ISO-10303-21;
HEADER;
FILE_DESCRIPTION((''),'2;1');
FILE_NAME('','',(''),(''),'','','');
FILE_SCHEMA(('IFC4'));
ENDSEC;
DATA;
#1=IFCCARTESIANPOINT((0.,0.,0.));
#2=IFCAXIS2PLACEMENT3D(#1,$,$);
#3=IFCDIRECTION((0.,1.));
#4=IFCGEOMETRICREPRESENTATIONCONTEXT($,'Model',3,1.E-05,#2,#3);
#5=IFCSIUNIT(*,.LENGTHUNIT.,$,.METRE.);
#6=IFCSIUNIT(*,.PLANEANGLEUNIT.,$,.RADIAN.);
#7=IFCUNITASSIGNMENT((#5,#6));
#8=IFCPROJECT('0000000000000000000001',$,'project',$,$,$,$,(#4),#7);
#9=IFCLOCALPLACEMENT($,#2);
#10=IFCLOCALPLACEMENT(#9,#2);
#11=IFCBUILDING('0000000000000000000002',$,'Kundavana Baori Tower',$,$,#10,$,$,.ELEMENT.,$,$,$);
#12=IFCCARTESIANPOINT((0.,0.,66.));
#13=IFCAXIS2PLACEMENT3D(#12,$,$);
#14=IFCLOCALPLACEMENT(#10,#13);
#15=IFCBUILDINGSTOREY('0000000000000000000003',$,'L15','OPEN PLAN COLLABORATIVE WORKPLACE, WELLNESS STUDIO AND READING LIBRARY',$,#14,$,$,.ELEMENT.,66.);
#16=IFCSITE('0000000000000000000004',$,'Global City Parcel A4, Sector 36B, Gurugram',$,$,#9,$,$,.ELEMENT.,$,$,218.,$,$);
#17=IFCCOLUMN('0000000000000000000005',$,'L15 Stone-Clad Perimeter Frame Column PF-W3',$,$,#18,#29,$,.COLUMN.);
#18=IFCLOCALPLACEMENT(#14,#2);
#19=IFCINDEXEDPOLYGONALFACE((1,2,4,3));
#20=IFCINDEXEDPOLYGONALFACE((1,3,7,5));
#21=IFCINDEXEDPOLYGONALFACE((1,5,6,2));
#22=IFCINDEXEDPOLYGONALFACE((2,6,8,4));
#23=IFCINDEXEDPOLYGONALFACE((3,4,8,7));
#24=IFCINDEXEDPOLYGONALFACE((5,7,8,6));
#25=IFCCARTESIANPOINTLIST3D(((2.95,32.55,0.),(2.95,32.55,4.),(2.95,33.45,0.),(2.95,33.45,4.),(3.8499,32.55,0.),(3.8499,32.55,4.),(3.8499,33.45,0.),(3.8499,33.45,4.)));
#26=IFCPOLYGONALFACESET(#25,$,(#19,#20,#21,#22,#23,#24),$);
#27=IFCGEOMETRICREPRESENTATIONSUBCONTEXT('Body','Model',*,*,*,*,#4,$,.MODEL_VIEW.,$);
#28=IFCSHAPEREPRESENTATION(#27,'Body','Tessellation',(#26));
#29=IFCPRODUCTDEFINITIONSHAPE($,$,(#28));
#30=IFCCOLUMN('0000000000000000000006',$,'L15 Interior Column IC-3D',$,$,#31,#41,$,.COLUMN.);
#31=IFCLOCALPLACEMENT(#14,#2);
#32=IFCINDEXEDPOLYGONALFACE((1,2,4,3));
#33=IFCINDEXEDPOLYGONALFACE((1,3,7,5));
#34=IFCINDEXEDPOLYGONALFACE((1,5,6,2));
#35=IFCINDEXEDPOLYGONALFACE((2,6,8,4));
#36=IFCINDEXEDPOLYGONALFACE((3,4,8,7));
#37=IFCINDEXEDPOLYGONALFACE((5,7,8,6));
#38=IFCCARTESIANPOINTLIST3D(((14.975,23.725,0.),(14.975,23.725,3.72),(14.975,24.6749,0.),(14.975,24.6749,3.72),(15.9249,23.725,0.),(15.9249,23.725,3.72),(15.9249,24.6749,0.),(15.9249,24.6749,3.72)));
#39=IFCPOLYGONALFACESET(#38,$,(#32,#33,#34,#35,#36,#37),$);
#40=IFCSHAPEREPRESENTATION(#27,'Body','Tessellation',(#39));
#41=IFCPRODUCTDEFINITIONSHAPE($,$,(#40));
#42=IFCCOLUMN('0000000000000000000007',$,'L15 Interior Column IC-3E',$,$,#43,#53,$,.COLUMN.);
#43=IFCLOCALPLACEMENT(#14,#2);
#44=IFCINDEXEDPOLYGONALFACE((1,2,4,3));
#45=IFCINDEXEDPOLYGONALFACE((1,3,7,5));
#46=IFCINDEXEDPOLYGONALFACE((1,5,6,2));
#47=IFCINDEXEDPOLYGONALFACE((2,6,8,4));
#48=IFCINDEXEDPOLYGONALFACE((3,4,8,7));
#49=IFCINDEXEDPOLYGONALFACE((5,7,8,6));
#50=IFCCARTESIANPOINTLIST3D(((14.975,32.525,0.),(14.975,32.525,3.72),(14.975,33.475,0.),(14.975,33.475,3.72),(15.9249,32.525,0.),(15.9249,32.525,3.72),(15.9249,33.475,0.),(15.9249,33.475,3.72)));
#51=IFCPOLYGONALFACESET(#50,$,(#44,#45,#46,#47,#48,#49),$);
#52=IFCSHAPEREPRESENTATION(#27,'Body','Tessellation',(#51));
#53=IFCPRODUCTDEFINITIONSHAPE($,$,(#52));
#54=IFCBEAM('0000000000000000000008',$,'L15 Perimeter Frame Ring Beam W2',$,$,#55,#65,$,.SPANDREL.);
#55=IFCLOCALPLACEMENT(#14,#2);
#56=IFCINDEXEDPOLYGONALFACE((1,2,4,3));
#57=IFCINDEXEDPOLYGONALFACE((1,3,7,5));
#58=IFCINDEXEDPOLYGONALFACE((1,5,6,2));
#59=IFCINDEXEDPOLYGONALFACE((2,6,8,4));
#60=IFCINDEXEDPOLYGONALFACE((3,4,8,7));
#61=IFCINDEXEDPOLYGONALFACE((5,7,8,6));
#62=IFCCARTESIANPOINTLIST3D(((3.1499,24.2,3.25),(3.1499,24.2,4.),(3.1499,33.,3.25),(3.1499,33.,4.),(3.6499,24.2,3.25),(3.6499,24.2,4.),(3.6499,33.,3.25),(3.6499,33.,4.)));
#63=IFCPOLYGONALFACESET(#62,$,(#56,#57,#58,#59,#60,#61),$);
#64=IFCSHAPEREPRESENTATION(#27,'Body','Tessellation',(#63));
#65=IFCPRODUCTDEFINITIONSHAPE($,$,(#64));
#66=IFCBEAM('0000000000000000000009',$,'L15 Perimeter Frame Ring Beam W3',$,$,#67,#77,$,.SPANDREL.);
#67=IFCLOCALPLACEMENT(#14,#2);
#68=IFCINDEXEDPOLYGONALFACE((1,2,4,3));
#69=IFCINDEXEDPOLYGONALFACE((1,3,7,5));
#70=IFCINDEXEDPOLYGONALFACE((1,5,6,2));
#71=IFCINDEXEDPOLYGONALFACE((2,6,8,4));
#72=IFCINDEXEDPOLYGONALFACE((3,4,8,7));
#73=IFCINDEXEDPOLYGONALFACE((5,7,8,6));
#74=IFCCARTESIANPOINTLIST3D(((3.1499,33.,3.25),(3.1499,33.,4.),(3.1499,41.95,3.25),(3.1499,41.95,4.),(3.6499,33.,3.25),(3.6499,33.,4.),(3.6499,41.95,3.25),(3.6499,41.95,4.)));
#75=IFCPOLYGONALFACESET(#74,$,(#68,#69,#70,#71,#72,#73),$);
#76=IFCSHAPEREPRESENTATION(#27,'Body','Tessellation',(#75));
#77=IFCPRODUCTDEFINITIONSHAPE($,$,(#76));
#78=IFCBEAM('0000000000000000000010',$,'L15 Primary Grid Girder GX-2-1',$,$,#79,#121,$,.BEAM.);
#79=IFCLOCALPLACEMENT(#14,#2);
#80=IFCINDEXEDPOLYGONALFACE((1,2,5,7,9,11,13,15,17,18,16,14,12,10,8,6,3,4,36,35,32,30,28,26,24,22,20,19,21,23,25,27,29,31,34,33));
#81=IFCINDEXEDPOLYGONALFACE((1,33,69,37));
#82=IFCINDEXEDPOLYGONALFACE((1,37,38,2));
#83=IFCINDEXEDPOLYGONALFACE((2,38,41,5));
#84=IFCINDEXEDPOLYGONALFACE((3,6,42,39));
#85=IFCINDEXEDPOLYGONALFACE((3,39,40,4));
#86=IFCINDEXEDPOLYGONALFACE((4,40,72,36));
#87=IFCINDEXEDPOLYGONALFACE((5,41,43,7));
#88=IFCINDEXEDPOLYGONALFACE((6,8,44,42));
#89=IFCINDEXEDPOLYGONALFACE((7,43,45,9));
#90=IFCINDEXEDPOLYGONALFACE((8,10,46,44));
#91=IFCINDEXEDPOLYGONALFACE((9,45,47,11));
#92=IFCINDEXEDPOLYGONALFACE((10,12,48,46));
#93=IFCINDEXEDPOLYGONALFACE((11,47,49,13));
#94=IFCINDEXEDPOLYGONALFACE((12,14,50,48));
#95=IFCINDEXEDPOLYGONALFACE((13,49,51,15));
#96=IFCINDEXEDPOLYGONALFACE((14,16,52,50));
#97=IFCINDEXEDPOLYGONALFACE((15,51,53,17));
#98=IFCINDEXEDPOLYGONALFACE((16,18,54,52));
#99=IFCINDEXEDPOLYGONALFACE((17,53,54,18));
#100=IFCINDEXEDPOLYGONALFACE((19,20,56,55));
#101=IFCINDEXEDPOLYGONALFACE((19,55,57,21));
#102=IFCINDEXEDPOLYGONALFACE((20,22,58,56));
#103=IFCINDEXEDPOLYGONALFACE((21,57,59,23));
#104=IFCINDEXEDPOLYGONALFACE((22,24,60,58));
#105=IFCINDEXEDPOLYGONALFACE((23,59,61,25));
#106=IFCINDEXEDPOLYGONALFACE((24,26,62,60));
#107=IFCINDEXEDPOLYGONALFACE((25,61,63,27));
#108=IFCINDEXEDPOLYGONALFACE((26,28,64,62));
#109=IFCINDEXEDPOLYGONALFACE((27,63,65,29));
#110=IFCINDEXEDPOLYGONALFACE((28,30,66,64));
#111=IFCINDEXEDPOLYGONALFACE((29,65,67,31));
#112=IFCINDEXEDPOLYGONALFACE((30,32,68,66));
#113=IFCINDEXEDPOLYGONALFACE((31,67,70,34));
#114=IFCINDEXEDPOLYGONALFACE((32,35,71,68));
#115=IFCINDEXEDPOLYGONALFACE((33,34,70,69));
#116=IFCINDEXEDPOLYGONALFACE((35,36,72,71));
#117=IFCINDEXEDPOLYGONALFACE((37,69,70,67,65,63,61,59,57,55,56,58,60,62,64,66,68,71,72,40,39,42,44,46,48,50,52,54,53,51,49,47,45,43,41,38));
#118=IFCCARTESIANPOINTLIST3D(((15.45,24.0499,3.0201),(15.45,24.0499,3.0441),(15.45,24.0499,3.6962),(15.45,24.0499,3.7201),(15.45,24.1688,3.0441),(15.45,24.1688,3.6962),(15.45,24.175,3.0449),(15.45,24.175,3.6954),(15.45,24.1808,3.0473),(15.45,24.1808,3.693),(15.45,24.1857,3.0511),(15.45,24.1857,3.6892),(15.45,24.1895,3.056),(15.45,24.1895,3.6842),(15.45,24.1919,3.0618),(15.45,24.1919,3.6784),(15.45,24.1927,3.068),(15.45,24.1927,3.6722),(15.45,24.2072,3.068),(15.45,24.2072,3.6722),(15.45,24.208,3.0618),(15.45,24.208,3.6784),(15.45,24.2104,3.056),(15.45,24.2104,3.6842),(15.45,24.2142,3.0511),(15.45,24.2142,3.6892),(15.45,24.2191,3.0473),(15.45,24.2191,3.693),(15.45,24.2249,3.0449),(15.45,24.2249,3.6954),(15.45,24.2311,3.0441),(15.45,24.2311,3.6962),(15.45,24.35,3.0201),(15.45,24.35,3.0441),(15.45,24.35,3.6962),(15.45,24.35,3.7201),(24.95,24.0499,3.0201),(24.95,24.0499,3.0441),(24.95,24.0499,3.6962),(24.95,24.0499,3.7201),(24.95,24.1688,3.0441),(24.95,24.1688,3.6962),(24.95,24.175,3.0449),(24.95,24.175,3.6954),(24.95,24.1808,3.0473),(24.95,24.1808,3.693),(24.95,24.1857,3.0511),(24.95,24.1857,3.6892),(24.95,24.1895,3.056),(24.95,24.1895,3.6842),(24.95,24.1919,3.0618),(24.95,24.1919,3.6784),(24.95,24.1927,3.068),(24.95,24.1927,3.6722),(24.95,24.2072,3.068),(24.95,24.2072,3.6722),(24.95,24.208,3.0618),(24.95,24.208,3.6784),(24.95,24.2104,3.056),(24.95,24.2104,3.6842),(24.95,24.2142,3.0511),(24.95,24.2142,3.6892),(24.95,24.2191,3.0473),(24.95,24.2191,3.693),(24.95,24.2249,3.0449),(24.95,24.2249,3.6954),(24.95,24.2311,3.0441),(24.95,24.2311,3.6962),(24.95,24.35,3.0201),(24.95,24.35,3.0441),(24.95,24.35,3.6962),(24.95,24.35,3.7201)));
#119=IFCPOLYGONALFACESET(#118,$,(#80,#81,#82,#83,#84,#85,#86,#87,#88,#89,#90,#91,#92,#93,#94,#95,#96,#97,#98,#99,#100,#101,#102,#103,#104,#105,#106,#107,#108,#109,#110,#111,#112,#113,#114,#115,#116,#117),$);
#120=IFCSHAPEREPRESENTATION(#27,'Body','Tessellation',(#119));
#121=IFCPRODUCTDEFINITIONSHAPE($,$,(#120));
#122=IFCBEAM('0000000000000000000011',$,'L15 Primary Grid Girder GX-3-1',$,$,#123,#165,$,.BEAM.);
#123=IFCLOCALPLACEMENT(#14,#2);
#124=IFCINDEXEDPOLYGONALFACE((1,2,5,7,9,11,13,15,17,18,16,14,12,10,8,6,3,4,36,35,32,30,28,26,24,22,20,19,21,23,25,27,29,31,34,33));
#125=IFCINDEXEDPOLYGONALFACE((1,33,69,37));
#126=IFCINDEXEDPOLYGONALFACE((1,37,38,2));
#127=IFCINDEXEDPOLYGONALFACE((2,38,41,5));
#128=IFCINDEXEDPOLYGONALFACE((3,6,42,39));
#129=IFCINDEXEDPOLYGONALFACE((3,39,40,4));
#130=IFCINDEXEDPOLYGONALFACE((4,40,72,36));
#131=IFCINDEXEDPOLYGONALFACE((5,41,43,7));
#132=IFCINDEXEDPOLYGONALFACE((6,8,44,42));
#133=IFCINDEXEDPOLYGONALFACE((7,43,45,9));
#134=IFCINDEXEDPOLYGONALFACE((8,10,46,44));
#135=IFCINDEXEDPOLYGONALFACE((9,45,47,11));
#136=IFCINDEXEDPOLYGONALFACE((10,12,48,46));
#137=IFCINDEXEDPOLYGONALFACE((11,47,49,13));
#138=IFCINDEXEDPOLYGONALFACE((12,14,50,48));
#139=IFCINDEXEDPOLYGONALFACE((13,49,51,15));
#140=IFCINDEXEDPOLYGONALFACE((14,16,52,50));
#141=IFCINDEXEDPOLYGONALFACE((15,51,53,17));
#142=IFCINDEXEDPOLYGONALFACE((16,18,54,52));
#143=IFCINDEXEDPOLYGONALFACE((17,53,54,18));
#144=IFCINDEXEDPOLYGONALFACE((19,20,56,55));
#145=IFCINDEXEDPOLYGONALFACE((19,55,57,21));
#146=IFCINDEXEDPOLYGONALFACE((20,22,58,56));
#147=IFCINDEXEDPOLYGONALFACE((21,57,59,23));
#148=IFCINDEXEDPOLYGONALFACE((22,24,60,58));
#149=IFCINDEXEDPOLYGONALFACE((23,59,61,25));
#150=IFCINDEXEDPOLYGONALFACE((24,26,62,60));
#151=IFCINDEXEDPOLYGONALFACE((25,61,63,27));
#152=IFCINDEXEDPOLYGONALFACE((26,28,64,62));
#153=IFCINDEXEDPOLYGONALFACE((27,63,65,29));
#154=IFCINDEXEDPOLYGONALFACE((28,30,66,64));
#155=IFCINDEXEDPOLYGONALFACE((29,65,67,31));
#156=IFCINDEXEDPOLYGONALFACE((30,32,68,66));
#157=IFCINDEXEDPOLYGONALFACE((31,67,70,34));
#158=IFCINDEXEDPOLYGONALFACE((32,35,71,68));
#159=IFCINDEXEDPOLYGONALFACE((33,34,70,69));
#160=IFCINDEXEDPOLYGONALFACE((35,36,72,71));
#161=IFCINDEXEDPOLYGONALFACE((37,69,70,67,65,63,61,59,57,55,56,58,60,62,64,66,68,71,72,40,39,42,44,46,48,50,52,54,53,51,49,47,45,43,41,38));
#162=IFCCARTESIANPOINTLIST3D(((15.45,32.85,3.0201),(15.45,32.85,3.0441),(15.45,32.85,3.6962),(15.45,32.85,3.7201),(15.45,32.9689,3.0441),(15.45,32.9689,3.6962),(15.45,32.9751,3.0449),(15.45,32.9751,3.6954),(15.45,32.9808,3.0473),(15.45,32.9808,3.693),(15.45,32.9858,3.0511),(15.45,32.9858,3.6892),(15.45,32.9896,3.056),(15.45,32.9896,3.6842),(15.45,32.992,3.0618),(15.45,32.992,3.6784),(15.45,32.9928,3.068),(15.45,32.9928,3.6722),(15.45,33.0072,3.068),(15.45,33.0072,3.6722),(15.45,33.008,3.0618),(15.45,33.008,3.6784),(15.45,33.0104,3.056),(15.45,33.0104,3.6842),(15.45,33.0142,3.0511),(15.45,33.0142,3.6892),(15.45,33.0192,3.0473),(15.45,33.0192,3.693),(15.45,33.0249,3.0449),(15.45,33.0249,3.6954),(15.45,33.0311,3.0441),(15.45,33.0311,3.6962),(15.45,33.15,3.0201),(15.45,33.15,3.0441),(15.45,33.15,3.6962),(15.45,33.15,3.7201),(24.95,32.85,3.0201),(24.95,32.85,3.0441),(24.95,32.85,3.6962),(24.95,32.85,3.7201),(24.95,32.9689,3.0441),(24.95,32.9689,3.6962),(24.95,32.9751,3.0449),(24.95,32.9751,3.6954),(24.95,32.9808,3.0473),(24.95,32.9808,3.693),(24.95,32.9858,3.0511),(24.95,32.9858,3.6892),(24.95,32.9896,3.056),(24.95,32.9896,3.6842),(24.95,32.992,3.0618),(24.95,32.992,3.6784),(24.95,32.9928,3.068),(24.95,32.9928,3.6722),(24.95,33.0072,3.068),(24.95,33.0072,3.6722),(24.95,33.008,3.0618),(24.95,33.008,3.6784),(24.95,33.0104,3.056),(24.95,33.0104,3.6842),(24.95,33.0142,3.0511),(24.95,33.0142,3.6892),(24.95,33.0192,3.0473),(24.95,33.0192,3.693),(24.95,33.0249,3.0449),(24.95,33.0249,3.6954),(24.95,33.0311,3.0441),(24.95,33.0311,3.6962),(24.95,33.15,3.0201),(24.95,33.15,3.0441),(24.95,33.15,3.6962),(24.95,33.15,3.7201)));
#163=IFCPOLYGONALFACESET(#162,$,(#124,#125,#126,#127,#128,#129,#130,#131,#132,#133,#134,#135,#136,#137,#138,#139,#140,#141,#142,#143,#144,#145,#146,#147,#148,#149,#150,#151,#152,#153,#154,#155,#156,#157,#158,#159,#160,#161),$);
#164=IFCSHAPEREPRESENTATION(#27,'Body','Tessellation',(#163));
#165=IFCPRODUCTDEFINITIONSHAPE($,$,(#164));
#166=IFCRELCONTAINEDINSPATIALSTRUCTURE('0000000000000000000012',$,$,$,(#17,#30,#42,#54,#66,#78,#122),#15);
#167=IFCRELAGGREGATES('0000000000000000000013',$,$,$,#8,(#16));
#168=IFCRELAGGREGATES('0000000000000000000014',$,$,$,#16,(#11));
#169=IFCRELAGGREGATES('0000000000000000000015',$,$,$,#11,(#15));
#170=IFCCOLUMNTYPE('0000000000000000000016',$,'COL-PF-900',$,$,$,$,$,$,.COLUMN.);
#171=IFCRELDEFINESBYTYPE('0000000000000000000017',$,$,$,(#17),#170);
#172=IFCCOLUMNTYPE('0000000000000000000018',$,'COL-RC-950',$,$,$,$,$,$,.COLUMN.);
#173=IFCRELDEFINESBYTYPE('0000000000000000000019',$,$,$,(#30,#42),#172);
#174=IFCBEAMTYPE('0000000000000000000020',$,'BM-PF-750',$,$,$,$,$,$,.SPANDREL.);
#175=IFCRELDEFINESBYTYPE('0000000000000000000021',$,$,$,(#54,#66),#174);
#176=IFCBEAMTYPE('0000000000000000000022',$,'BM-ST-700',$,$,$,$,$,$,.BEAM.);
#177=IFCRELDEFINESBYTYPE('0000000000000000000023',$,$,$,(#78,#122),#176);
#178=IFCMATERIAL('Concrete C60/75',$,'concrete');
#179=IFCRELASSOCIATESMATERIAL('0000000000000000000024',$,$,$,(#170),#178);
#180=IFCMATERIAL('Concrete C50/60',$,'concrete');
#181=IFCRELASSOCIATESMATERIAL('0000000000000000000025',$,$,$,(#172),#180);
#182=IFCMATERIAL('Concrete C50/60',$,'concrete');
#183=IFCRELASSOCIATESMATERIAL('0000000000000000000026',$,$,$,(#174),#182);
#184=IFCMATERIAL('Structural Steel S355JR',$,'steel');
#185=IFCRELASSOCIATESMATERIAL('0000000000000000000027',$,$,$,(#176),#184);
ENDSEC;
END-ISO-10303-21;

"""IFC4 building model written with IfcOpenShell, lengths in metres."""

from ifc_helpers import new_model, si_unit, direction, frame, origin, origin_2d, place, context, subcontext, project, spatial, rectangle, i_section, extrude, material, material_profile, profile_set, type_object, element, save


model = new_model("IFC4")

# Units and contexts
model_context = context("Model", 3, precision=1e-05, world=origin(), true_north=direction((0.0, 1.0)))
body_context = subcontext(model_context, "Body", "Model", "MODEL_VIEW")
ifc_project = project(units=[si_unit("LENGTHUNIT", "METRE"), si_unit("PLANEANGLEUNIT", "RADIAN")], contexts=[model_context])

# Site, building, storey
site_placement = place(None, origin())
site = spatial("IfcSite", under=ifc_project, at=site_placement, Name="Global City Parcel A4, Sector 36B, Gurugram", CompositionType="ELEMENT", RefElevation=218.0)
building_placement = place(site_placement, origin())
building = spatial("IfcBuilding", under=site, at=building_placement, Name="Kundavana Baori Tower", CompositionType="ELEMENT")
storey_placement = place(building_placement, frame((0.0, 0.0, 66.0)))
storey = spatial("IfcBuildingStorey", under=building, at=storey_placement, Name="L15", Description="OPEN PLAN COLLABORATIVE WORKPLACE, WELLNESS STUDIO AND READING LIBRARY", CompositionType="ELEMENT", Elevation=66.0)

# Columns
ifc_material_1 = material(Name="Concrete C60/75", Category="concrete")
ifc_material_profile_1 = material_profile(ifc_material_1, rectangle(XDim=0.8999, YDim=0.8999, at=origin_2d()), Name="RC PF 900x900")
ifc_profile_set_1 = profile_set([ifc_material_profile_1], Name="Concrete C60/75")
column_type_1 = type_object("IfcColumnType", Name="COL-PF-900", PredefinedType="COLUMN", material=ifc_profile_set_1)
column_placement = place(storey_placement, frame((3.3999, 33.0, 0.0), z_axis=(0.0, 0.0, 1.0), x_axis=(1.0, 0.0, 0.0)))
element("IfcColumn", 1, at=column_placement, inside=storey, type_object=column_type_1, Name="L15 Stone-Clad Perimeter Frame Column PF-W3", PredefinedType="COLUMN", context=body_context, shape_type="SweptSolid", body=[
    extrude(rectangle(XDim=0.8999, YDim=0.8999, at=origin_2d()), origin(), (0.0, 0.0, 1.0), 4.0),
])
ifc_material_2 = material(Name="Concrete C50/60", Category="concrete")
ifc_material_profile_2 = material_profile(ifc_material_2, rectangle(XDim=0.95, YDim=0.95, at=origin_2d()), Name="RC 950x950")
ifc_profile_set_2 = profile_set([ifc_material_profile_2], Name="Concrete C50/60")
column_type_2 = type_object("IfcColumnType", Name="COL-RC-950", PredefinedType="COLUMN", material=ifc_profile_set_2)
for number, where, z_axis, x_axis, name in (
    (2, (15.45, 24.2, 0.0), (0.0, 0.0, 1.0), (1.0, 0.0, 0.0), "L15 Interior Column IC-3D"),
    (3, (15.45, 33.0, 0.0), (0.0, 0.0, 1.0), (1.0, 0.0, 0.0), "L15 Interior Column IC-3E"),
):
    element("IfcColumn", number, at=place(storey_placement, frame(where, z_axis=z_axis, x_axis=x_axis)), inside=storey, type_object=column_type_2, Name=name, PredefinedType="COLUMN", context=body_context, shape_type="SweptSolid", body=[
        extrude(rectangle(XDim=0.95, YDim=0.95, at=origin_2d()), origin(), (0.0, 0.0, 1.0), 3.72),
    ])

# Beams
ifc_material_3 = material(Name="Concrete C50/60", Category="concrete")
ifc_material_profile_3 = material_profile(ifc_material_3, rectangle(XDim=0.5, YDim=0.75, at=origin_2d()), Name="RC BM 500x750")
ifc_profile_set_3 = profile_set([ifc_material_profile_3], Name="Concrete C50/60")
beam_type_1 = type_object("IfcBeamType", Name="BM-PF-750", PredefinedType="SPANDREL", material=ifc_profile_set_3)
beam_1_placement = place(storey_placement, frame((3.3999, 24.2, 3.625), z_axis=(0.0, 1.0, 0.0), x_axis=(-1.0, 0.0, 0.0)))
element("IfcBeam", 4, at=beam_1_placement, inside=storey, type_object=beam_type_1, Name="L15 Perimeter Frame Ring Beam W2", PredefinedType="SPANDREL", context=body_context, shape_type="SweptSolid", body=[
    extrude(rectangle(XDim=0.5, YDim=0.75, at=origin_2d()), origin(), (0.0, 0.0, 1.0), 8.8),
])
beam_2_placement = place(storey_placement, frame((3.3999, 33.0, 3.625), z_axis=(0.0, 1.0, 0.0), x_axis=(-1.0, 0.0, 0.0)))
element("IfcBeam", 5, at=beam_2_placement, inside=storey, type_object=beam_type_1, Name="L15 Perimeter Frame Ring Beam W3", PredefinedType="SPANDREL", context=body_context, shape_type="SweptSolid", body=[
    extrude(rectangle(XDim=0.5, YDim=0.75, at=origin_2d()), origin(), (0.0, 0.0, 1.0), 8.95),
])
ifc_material_4 = material(Name="Structural Steel S355JR", Category="steel")
ifc_material_profile_4 = material_profile(ifc_material_4, i_section(OverallWidth=0.3, OverallDepth=0.7, WebThickness=0.0144, FlangeThickness=0.0239, FilletRadius=0.0239, at=origin_2d()), Name="NPB 700x300x170")
ifc_profile_set_4 = profile_set([ifc_material_profile_4], Name="Structural Steel S355JR")
beam_type_2 = type_object("IfcBeamType", Name="BM-ST-700", PredefinedType="BEAM", material=ifc_profile_set_4)
for number, where, z_axis, x_axis, name in (
    (6, (15.45, 24.2, 3.3701), (1.0, 0.0, 0.0), (0.0, 1.0, 0.0), "L15 Primary Grid Girder GX-2-1"),
    (7, (15.45, 33.0, 3.3701), (1.0, 0.0, 0.0), (0.0, 1.0, 0.0), "L15 Primary Grid Girder GX-3-1"),
):
    element("IfcBeam", number, at=place(storey_placement, frame(where, z_axis=z_axis, x_axis=x_axis)), inside=storey, type_object=beam_type_2, Name=name, PredefinedType="BEAM", context=body_context, shape_type="SweptSolid", body=[
        extrude(i_section(OverallWidth=0.3, OverallDepth=0.7, WebThickness=0.0144, FlangeThickness=0.0239, FilletRadius=0.0239, at=origin_2d()), origin(), (0.0, 0.0, 1.0), 9.5),
    ])

save(model, "model.ifc")
